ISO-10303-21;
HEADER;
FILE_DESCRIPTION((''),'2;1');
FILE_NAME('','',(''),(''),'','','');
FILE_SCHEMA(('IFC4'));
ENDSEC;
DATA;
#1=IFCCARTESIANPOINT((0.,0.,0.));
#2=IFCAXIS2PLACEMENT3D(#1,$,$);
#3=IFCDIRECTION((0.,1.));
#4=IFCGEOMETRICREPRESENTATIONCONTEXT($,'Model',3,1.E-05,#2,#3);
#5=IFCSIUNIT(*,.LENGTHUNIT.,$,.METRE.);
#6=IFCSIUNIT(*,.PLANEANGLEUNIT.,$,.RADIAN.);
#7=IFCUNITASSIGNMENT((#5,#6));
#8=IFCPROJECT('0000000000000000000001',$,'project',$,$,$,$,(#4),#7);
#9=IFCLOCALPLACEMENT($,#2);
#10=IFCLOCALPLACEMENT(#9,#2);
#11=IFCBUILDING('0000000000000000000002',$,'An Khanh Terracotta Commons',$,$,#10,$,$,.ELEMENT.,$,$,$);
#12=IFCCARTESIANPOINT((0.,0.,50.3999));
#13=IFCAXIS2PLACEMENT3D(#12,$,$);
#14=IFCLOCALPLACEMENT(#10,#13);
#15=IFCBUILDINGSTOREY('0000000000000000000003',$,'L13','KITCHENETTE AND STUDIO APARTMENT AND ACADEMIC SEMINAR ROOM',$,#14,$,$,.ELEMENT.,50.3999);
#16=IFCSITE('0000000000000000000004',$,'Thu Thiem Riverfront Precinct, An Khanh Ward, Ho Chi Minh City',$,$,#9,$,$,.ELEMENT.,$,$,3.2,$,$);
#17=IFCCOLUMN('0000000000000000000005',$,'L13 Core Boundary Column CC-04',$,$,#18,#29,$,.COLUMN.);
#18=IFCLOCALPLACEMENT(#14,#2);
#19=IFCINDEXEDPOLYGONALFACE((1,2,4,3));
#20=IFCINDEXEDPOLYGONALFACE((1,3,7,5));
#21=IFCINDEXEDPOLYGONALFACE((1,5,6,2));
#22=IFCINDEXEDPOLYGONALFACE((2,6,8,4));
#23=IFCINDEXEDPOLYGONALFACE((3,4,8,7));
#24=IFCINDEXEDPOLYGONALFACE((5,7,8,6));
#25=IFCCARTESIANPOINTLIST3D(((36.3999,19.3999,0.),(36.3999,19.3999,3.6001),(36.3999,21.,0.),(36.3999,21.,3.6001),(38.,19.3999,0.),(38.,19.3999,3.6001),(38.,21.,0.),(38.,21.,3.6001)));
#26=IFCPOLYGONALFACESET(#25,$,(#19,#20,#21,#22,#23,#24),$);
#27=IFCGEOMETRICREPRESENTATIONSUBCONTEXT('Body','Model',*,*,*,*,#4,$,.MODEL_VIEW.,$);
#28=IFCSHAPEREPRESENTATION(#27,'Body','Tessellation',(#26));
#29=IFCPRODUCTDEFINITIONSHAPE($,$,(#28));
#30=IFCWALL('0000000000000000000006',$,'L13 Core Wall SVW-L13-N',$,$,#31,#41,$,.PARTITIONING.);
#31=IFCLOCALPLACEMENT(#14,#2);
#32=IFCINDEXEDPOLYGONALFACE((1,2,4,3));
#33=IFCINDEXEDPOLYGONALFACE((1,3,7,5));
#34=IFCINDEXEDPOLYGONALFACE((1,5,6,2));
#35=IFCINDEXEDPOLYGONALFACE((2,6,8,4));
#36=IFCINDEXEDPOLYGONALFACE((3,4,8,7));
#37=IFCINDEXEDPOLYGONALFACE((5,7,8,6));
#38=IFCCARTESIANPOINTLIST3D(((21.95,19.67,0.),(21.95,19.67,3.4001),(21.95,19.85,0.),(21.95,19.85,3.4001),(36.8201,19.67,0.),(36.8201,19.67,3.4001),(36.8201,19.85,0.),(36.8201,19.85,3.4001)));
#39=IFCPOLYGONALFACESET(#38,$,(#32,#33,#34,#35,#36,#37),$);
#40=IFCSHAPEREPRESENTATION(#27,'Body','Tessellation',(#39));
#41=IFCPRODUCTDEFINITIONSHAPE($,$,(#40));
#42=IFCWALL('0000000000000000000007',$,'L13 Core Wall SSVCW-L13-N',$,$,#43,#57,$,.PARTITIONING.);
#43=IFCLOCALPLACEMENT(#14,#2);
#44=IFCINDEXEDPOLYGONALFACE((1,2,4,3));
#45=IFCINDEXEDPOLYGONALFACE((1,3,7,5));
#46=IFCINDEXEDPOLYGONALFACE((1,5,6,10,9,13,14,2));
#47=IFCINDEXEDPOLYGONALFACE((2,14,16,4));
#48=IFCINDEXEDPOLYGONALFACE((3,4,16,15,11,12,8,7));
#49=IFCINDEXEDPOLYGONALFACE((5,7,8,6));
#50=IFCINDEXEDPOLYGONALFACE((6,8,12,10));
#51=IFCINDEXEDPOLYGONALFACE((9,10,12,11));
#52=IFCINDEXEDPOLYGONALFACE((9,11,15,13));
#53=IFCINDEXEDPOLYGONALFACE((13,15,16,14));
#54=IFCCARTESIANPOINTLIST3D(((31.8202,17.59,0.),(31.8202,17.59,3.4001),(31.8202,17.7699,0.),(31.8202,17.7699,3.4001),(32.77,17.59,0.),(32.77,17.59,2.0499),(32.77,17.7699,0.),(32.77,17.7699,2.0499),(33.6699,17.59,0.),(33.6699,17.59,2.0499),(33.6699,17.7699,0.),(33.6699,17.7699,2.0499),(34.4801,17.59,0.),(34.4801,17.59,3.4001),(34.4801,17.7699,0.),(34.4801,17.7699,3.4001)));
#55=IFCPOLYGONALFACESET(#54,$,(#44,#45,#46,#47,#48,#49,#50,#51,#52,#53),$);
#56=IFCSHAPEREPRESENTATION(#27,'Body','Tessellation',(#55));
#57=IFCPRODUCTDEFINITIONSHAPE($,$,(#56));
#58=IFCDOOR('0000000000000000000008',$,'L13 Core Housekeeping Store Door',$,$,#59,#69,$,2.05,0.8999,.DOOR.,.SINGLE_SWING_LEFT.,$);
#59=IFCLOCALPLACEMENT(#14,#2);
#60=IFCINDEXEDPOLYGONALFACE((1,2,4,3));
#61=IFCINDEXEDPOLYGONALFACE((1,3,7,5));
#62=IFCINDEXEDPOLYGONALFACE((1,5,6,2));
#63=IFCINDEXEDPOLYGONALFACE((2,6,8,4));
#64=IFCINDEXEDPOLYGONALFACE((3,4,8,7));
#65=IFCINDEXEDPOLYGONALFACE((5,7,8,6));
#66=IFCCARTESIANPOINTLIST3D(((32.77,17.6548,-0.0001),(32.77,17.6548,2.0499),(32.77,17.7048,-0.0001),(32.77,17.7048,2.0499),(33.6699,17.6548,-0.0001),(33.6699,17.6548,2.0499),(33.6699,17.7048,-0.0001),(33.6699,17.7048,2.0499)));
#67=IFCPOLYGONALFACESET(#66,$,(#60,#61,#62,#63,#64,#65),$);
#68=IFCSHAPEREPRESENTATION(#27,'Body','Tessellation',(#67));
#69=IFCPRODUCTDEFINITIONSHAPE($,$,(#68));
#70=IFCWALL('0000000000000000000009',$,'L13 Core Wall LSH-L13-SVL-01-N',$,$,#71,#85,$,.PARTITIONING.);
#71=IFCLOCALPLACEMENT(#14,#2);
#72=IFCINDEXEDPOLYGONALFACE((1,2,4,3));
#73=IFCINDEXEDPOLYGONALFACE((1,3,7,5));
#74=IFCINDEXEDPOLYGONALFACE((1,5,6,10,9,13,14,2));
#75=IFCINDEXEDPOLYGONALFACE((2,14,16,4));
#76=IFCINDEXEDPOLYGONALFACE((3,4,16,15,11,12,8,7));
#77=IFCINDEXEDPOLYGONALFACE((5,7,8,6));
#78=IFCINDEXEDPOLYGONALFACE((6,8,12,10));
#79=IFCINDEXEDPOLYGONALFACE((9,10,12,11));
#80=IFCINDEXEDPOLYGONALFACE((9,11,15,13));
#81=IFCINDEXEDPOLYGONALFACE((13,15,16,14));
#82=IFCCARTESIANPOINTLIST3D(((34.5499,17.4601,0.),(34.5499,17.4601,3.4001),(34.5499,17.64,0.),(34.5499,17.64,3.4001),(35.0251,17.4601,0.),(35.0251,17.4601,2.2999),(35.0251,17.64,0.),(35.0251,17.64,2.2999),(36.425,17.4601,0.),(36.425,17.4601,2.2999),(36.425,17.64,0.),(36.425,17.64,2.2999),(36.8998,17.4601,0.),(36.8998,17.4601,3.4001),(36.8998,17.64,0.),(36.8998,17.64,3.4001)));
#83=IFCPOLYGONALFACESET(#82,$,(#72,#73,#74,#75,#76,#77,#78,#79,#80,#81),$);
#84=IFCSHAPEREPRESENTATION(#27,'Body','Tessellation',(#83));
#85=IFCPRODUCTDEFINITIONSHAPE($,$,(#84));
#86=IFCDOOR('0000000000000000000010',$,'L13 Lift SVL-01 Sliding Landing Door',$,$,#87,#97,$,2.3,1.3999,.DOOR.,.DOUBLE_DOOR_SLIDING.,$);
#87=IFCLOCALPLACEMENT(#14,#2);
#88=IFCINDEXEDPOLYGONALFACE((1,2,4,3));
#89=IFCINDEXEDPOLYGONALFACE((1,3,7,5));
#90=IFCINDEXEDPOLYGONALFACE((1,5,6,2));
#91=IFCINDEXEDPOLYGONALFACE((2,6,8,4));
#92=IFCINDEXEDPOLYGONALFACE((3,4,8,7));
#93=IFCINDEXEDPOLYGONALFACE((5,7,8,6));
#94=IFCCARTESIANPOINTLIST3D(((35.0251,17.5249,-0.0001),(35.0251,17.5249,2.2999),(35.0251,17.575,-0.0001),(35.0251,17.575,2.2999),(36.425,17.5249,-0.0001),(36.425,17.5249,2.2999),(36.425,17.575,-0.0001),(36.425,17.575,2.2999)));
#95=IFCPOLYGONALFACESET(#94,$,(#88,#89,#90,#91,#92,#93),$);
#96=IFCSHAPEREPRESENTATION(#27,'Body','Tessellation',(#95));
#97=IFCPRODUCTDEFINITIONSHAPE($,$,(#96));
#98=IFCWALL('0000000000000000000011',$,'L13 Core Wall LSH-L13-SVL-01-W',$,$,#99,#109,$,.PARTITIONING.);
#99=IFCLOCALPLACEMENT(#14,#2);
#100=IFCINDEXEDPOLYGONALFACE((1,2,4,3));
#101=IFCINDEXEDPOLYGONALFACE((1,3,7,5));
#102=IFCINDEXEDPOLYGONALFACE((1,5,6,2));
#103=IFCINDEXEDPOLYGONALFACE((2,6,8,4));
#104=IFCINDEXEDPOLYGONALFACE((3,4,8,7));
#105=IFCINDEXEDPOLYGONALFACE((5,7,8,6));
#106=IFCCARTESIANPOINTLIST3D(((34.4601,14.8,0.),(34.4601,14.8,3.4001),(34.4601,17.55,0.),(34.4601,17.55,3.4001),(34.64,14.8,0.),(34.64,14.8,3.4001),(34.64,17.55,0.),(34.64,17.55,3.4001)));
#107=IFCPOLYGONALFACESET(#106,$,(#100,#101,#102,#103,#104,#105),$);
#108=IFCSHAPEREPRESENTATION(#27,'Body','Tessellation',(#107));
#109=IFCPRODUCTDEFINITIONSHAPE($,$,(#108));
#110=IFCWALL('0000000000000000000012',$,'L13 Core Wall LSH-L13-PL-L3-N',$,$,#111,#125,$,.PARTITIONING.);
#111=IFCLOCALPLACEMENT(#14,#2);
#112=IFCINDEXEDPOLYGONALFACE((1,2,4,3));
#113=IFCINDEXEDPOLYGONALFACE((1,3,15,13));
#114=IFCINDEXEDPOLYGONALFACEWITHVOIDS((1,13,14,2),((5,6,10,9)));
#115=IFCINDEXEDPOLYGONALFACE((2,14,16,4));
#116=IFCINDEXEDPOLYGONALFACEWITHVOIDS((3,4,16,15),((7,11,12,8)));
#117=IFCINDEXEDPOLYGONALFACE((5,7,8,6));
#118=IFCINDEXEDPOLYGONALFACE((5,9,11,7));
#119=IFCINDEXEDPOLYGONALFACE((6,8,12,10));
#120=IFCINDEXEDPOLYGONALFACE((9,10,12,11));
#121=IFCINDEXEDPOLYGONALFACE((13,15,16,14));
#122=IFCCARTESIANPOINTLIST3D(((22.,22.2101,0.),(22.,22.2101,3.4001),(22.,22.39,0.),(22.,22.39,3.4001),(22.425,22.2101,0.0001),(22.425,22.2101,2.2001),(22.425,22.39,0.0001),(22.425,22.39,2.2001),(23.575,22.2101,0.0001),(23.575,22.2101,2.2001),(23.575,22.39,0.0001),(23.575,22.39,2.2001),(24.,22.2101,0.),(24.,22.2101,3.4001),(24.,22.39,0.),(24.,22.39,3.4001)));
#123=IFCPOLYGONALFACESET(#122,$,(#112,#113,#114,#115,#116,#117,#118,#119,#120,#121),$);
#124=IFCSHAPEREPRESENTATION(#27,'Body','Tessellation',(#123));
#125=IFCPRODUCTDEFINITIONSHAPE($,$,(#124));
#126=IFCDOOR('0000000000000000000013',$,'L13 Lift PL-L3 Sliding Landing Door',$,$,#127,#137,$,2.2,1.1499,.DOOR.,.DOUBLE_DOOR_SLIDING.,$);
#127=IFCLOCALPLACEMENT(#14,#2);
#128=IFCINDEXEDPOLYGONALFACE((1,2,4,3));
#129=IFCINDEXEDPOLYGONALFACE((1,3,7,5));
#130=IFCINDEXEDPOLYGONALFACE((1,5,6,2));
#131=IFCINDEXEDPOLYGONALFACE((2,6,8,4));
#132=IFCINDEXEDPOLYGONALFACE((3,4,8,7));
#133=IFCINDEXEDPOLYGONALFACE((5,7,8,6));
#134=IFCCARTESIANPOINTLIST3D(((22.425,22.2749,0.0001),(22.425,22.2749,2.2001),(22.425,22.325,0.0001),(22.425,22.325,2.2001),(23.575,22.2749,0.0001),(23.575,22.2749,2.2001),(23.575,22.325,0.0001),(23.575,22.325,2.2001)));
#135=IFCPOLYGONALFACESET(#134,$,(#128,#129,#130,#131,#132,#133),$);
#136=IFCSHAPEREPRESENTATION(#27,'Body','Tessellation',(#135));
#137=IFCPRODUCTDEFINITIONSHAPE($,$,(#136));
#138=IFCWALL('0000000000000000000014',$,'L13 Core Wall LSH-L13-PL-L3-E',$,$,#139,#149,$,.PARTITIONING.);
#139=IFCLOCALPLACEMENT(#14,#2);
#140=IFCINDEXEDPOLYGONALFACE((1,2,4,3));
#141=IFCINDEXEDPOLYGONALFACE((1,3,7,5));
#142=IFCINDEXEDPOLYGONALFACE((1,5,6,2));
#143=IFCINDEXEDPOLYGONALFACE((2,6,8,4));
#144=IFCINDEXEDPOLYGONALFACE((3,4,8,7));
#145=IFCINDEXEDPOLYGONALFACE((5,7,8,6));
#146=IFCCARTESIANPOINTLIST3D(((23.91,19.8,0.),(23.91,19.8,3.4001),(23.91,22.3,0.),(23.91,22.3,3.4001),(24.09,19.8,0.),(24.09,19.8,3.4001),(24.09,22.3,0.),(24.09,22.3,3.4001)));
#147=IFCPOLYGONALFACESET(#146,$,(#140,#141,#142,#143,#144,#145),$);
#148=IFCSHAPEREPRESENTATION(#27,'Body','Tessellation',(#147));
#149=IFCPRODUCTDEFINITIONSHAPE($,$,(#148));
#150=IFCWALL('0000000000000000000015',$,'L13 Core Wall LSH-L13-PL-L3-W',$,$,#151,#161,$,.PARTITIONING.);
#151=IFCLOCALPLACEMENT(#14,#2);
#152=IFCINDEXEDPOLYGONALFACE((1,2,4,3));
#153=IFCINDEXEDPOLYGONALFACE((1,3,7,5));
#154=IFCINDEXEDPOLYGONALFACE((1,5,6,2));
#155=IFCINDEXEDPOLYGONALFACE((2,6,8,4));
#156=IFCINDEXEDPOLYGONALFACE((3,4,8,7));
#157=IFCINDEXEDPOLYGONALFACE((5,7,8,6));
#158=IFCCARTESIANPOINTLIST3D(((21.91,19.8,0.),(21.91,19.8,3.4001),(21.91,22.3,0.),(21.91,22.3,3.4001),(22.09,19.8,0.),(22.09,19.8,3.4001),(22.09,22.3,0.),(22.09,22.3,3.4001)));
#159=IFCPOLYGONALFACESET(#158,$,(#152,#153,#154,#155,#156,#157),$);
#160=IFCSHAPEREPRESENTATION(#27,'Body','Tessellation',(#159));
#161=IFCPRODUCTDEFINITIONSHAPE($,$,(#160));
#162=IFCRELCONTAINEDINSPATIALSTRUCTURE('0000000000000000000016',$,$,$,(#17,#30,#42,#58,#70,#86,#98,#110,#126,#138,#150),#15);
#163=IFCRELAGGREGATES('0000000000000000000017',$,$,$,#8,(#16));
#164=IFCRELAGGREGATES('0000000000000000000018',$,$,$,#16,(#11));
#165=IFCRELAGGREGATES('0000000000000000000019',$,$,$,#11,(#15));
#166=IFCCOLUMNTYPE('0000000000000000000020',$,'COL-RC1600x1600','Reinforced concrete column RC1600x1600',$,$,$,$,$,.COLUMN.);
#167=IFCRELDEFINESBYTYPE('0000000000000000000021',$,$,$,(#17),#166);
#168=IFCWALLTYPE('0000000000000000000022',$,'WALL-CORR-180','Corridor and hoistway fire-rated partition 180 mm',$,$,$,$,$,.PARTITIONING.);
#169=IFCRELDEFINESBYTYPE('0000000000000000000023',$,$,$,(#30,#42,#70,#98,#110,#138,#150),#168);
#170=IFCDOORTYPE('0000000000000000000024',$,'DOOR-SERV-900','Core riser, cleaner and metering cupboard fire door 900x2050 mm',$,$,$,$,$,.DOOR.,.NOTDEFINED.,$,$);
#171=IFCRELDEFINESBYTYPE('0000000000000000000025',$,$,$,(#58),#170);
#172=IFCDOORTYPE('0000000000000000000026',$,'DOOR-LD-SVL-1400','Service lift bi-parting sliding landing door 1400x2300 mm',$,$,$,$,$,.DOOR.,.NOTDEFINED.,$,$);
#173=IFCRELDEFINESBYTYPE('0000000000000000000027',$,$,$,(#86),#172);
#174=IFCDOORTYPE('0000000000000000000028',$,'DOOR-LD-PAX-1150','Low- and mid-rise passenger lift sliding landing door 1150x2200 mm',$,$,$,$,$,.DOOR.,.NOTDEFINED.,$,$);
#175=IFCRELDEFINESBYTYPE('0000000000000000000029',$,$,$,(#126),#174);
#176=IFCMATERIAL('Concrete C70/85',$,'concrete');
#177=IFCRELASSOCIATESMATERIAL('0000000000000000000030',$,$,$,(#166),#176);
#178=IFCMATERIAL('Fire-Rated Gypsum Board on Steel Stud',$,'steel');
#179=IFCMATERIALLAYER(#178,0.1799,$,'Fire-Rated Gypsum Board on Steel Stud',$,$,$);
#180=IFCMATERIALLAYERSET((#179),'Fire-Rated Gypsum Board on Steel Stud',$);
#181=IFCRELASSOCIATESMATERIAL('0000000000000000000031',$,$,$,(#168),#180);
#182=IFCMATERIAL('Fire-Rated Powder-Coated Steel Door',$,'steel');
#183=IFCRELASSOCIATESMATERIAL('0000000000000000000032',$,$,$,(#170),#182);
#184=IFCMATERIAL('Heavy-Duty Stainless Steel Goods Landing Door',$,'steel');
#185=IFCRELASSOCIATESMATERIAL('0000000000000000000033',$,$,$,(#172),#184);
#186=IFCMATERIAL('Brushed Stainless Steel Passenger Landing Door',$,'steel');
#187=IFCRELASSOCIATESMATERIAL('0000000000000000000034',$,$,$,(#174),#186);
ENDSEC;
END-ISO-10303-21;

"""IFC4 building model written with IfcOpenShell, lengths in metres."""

from ifc_helpers import new_model, si_unit, direction, frame, frame_2d, origin, origin_2d, place, context, subcontext, project, spatial, rectangle, extrude, material, layer, layer_set, material_profile, profile_set, type_object, element, fill, save


model = new_model("IFC4")

# Units and contexts
model_context = context("Model", 3, precision=1e-05, world=origin(), true_north=direction((0.0, 1.0)))
body_context = subcontext(model_context, "Body", "Model", "MODEL_VIEW")
ifc_project = project(units=[si_unit("LENGTHUNIT", "METRE"), si_unit("PLANEANGLEUNIT", "RADIAN")], contexts=[model_context])

# Site, building, storey
site_placement = place(None, origin())
site = spatial("IfcSite", under=ifc_project, at=site_placement, Name="Thu Thiem Riverfront Precinct, An Khanh Ward, Ho Chi Minh City", CompositionType="ELEMENT", RefElevation=3.2)
building_placement = place(site_placement, origin())
building = spatial("IfcBuilding", under=site, at=building_placement, Name="An Khanh Terracotta Commons", CompositionType="ELEMENT")
storey_placement = place(building_placement, frame((0.0, 0.0, 50.3999)))
storey = spatial("IfcBuildingStorey", under=building, at=storey_placement, Name="L13", Description="KITCHENETTE AND STUDIO APARTMENT AND ACADEMIC SEMINAR ROOM", CompositionType="ELEMENT", Elevation=50.3999)

# Column
ifc_material_1 = material(Name="Concrete C70/85", Category="concrete")
ifc_material_profile = material_profile(ifc_material_1, rectangle(XDim=1.6001, YDim=1.6001, at=origin_2d()), Name="RC1600x1600")
ifc_profile_set = profile_set([ifc_material_profile], Name="Concrete C70/85")
column_type = type_object("IfcColumnType", Name="COL-RC1600x1600", Description="Reinforced concrete column RC1600x1600", PredefinedType="COLUMN", material=ifc_profile_set)
column_placement = place(storey_placement, frame((37.2, 20.2, 0.0), z_axis=(0.0, 0.0, 1.0), x_axis=(1.0, 0.0, 0.0)))
element("IfcColumn", 1, at=column_placement, inside=storey, type_object=column_type, Name="L13 Core Boundary Column CC-04", PredefinedType="COLUMN", context=body_context, shape_type="SweptSolid", body=[
    extrude(rectangle(XDim=1.6001, YDim=1.6001, at=origin_2d()), origin(), (0.0, 0.0, 1.0), 3.6001),
])

# Wall
ifc_material_2 = material(Name="Fire-Rated Gypsum Board on Steel Stud", Category="steel")
ifc_layer_1 = layer(ifc_material_2, 0.1799, Name="Fire-Rated Gypsum Board on Steel Stud")
ifc_layer_set_1 = layer_set([ifc_layer_1], Name="Fire-Rated Gypsum Board on Steel Stud")
wall_type_1 = type_object("IfcWallType", Name="WALL-CORR-180", Description="Corridor and hoistway fire-rated partition 180 mm", PredefinedType="PARTITIONING", material=ifc_layer_set_1)
wall_1_placement = place(storey_placement, frame((21.95, 19.76, 0.0), z_axis=(0.0, 0.0, 1.0), x_axis=(1.0, 0.0, 0.0)))
element("IfcWall", 2, at=wall_1_placement, inside=storey, type_object=wall_type_1, Name="L13 Core Wall SVW-L13-N", PredefinedType="PARTITIONING", context=body_context, shape_type="SweptSolid", body=[
    extrude(rectangle(XDim=14.8701, YDim=0.1799, at=frame_2d((7.4351, 0.0))), origin(), (0.0, 0.0, 1.0), 3.4001),
])

# Walls, openings, doors
wall_2_placement = place(storey_placement, frame((31.8201, 17.6799, 0.0), z_axis=(0.0, 0.0, 1.0), x_axis=(1.0, 0.0, 0.0)))
wall_2 = element("IfcWall", 3, at=wall_2_placement, inside=storey, type_object=wall_type_1, Name="L13 Core Wall SSVCW-L13-N", PredefinedType="PARTITIONING", context=body_context, shape_type="SweptSolid", body=[
    extrude(rectangle(XDim=2.6599, YDim=0.1799, at=frame_2d((1.3301, 0.0))), origin(), (0.0, 0.0, 1.0), 3.4001),
])
opening_1_placement = place(wall_2_placement, frame((0.95, 0.0, 0.0)))
opening_1 = element("IfcOpeningElement", 4, at=opening_1_placement, cuts=wall_2, PredefinedType="OPENING", context=body_context, shape_type="SweptSolid", body=[
    extrude(rectangle(XDim=0.8999, YDim=2.05, at=frame_2d((0.45, 1.0249))), frame((0.0, 0.0999, 0.0), z_axis=(0.0, -1.0, 0.0), x_axis=(1.0, 0.0, 0.0)), (0.0, 0.0, 1.0), 0.2),
])
ifc_material_3 = material(Name="Fire-Rated Powder-Coated Steel Door", Category="steel")
door_type_1 = type_object("IfcDoorType", Name="DOOR-SERV-900", Description="Core riser, cleaner and metering cupboard fire door 900x2050 mm", OperationType="NOTDEFINED", PredefinedType="DOOR", material=ifc_material_3)
door_1_placement = place(opening_1_placement, origin())
door_1 = element("IfcDoor", 5, at=door_1_placement, inside=storey, type_object=door_type_1, Name="L13 Core Housekeeping Store Door", OperationType="SINGLE_SWING_LEFT", OverallHeight=2.05, OverallWidth=0.8999, PredefinedType="DOOR", context=body_context, shape_type="SweptSolid", body=[
    extrude(rectangle(XDim=0.8999, YDim=2.05, at=frame_2d((0.45, 1.0249))), frame((0.0, 0.0249, 0.0), z_axis=(0.0, -1.0, 0.0), x_axis=(1.0, 0.0, 0.0)), (0.0, 0.0, 1.0), 0.05),
])
fill(opening_1, door_1)
wall_3_placement = place(storey_placement, frame((34.55, 17.55, 0.0), z_axis=(0.0, 0.0, 1.0), x_axis=(1.0, 0.0, 0.0)))
wall_3 = element("IfcWall", 6, at=wall_3_placement, inside=storey, type_object=wall_type_1, Name="L13 Core Wall LSH-L13-SVL-01-N", PredefinedType="PARTITIONING", context=body_context, shape_type="SweptSolid", body=[
    extrude(rectangle(XDim=2.3499, YDim=0.1799, at=frame_2d((1.1748, 0.0))), origin(), (0.0, 0.0, 1.0), 3.4001),
])
opening_2_placement = place(wall_3_placement, frame((0.4751, 0.0, 0.0)))
opening_2 = element("IfcOpeningElement", 7, at=opening_2_placement, cuts=wall_3, PredefinedType="OPENING", context=body_context, shape_type="SweptSolid", body=[
    extrude(rectangle(XDim=1.3999, YDim=2.3, at=frame_2d((0.7, 1.1499))), frame((0.0, 0.0999, 0.0), z_axis=(0.0, -1.0, 0.0), x_axis=(1.0, 0.0, 0.0)), (0.0, 0.0, 1.0), 0.2),
])
ifc_material_4 = material(Name="Heavy-Duty Stainless Steel Goods Landing Door", Category="steel")
door_type_2 = type_object("IfcDoorType", Name="DOOR-LD-SVL-1400", Description="Service lift bi-parting sliding landing door 1400x2300 mm", OperationType="NOTDEFINED", PredefinedType="DOOR", material=ifc_material_4)
door_2_placement = place(opening_2_placement, origin())
door_2 = element("IfcDoor", 8, at=door_2_placement, inside=storey, type_object=door_type_2, Name="L13 Lift SVL-01 Sliding Landing Door", OperationType="DOUBLE_DOOR_SLIDING", OverallHeight=2.3, OverallWidth=1.3999, PredefinedType="DOOR", context=body_context, shape_type="SweptSolid", body=[
    extrude(rectangle(XDim=1.3999, YDim=2.3, at=frame_2d((0.7, 1.1499))), frame((0.0, 0.0249, 0.0), z_axis=(0.0, -1.0, 0.0), x_axis=(1.0, 0.0, 0.0)), (0.0, 0.0, 1.0), 0.05),
])
fill(opening_2, door_2)

# Wall
wall_4_placement = place(storey_placement, frame((34.55, 17.55, 0.0), z_axis=(0.0, 0.0, 1.0), x_axis=(0.0, -1.0, 0.0)))
element("IfcWall", 9, at=wall_4_placement, inside=storey, type_object=wall_type_1, Name="L13 Core Wall LSH-L13-SVL-01-W", PredefinedType="PARTITIONING", context=body_context, shape_type="SweptSolid", body=[
    extrude(rectangle(XDim=2.75, YDim=0.1799, at=frame_2d((1.375, 0.0))), origin(), (0.0, 0.0, 1.0), 3.4001),
])

# Wall, opening, door
wall_5_placement = place(storey_placement, frame((22.0, 22.3, 0.0), z_axis=(0.0, 0.0, 1.0), x_axis=(1.0, 0.0, 0.0)))
wall_5 = element("IfcWall", 10, at=wall_5_placement, inside=storey, type_object=wall_type_1, Name="L13 Core Wall LSH-L13-PL-L3-N", PredefinedType="PARTITIONING", context=body_context, shape_type="SweptSolid", body=[
    extrude(rectangle(XDim=2.0, YDim=0.1799, at=frame_2d((1.0, 0.0))), origin(), (0.0, 0.0, 1.0), 3.4001),
])
opening_3_placement = place(wall_5_placement, frame((0.425, 0.0, 0.0)))
opening_3 = element("IfcOpeningElement", 11, at=opening_3_placement, cuts=wall_5, PredefinedType="OPENING", context=body_context, shape_type="SweptSolid", body=[
    extrude(rectangle(XDim=1.1499, YDim=2.2, at=frame_2d((0.575, 1.1001))), frame((0.0, 0.0999, 0.0), z_axis=(0.0, -1.0, 0.0), x_axis=(1.0, 0.0, 0.0)), (0.0, 0.0, 1.0), 0.2),
])
ifc_material_5 = material(Name="Brushed Stainless Steel Passenger Landing Door", Category="steel")
door_type_3 = type_object("IfcDoorType", Name="DOOR-LD-PAX-1150", Description="Low- and mid-rise passenger lift sliding landing door 1150x2200 mm", OperationType="NOTDEFINED", PredefinedType="DOOR", material=ifc_material_5)
door_3_placement = place(opening_3_placement, origin())
door_3 = element("IfcDoor", 12, at=door_3_placement, inside=storey, type_object=door_type_3, Name="L13 Lift PL-L3 Sliding Landing Door", OperationType="DOUBLE_DOOR_SLIDING", OverallHeight=2.2, OverallWidth=1.1499, PredefinedType="DOOR", context=body_context, shape_type="SweptSolid", body=[
    extrude(rectangle(XDim=1.1499, YDim=2.2, at=frame_2d((0.575, 1.1001))), frame((0.0, 0.0249, 0.0), z_axis=(0.0, -1.0, 0.0), x_axis=(1.0, 0.0, 0.0)), (0.0, 0.0, 1.0), 0.05),
])
fill(opening_3, door_3)

# Walls
for number, where, z_axis, x_axis, name in (
    (13, (24.0, 19.8, 0.0), (0.0, 0.0, 1.0), (0.0, 1.0, 0.0), "L13 Core Wall LSH-L13-PL-L3-E"),
    (14, (22.0, 22.3, 0.0), (0.0, 0.0, 1.0), (0.0, -1.0, 0.0), "L13 Core Wall LSH-L13-PL-L3-W"),
):
    element("IfcWall", number, at=place(storey_placement, frame(where, z_axis=z_axis, x_axis=x_axis)), inside=storey, type_object=wall_type_1, Name=name, PredefinedType="PARTITIONING", context=body_context, shape_type="SweptSolid", body=[
        extrude(rectangle(XDim=2.5, YDim=0.1799, at=frame_2d((1.25, 0.0))), origin(), (0.0, 0.0, 1.0), 3.4001),
    ])

save(model, "model.ifc")
